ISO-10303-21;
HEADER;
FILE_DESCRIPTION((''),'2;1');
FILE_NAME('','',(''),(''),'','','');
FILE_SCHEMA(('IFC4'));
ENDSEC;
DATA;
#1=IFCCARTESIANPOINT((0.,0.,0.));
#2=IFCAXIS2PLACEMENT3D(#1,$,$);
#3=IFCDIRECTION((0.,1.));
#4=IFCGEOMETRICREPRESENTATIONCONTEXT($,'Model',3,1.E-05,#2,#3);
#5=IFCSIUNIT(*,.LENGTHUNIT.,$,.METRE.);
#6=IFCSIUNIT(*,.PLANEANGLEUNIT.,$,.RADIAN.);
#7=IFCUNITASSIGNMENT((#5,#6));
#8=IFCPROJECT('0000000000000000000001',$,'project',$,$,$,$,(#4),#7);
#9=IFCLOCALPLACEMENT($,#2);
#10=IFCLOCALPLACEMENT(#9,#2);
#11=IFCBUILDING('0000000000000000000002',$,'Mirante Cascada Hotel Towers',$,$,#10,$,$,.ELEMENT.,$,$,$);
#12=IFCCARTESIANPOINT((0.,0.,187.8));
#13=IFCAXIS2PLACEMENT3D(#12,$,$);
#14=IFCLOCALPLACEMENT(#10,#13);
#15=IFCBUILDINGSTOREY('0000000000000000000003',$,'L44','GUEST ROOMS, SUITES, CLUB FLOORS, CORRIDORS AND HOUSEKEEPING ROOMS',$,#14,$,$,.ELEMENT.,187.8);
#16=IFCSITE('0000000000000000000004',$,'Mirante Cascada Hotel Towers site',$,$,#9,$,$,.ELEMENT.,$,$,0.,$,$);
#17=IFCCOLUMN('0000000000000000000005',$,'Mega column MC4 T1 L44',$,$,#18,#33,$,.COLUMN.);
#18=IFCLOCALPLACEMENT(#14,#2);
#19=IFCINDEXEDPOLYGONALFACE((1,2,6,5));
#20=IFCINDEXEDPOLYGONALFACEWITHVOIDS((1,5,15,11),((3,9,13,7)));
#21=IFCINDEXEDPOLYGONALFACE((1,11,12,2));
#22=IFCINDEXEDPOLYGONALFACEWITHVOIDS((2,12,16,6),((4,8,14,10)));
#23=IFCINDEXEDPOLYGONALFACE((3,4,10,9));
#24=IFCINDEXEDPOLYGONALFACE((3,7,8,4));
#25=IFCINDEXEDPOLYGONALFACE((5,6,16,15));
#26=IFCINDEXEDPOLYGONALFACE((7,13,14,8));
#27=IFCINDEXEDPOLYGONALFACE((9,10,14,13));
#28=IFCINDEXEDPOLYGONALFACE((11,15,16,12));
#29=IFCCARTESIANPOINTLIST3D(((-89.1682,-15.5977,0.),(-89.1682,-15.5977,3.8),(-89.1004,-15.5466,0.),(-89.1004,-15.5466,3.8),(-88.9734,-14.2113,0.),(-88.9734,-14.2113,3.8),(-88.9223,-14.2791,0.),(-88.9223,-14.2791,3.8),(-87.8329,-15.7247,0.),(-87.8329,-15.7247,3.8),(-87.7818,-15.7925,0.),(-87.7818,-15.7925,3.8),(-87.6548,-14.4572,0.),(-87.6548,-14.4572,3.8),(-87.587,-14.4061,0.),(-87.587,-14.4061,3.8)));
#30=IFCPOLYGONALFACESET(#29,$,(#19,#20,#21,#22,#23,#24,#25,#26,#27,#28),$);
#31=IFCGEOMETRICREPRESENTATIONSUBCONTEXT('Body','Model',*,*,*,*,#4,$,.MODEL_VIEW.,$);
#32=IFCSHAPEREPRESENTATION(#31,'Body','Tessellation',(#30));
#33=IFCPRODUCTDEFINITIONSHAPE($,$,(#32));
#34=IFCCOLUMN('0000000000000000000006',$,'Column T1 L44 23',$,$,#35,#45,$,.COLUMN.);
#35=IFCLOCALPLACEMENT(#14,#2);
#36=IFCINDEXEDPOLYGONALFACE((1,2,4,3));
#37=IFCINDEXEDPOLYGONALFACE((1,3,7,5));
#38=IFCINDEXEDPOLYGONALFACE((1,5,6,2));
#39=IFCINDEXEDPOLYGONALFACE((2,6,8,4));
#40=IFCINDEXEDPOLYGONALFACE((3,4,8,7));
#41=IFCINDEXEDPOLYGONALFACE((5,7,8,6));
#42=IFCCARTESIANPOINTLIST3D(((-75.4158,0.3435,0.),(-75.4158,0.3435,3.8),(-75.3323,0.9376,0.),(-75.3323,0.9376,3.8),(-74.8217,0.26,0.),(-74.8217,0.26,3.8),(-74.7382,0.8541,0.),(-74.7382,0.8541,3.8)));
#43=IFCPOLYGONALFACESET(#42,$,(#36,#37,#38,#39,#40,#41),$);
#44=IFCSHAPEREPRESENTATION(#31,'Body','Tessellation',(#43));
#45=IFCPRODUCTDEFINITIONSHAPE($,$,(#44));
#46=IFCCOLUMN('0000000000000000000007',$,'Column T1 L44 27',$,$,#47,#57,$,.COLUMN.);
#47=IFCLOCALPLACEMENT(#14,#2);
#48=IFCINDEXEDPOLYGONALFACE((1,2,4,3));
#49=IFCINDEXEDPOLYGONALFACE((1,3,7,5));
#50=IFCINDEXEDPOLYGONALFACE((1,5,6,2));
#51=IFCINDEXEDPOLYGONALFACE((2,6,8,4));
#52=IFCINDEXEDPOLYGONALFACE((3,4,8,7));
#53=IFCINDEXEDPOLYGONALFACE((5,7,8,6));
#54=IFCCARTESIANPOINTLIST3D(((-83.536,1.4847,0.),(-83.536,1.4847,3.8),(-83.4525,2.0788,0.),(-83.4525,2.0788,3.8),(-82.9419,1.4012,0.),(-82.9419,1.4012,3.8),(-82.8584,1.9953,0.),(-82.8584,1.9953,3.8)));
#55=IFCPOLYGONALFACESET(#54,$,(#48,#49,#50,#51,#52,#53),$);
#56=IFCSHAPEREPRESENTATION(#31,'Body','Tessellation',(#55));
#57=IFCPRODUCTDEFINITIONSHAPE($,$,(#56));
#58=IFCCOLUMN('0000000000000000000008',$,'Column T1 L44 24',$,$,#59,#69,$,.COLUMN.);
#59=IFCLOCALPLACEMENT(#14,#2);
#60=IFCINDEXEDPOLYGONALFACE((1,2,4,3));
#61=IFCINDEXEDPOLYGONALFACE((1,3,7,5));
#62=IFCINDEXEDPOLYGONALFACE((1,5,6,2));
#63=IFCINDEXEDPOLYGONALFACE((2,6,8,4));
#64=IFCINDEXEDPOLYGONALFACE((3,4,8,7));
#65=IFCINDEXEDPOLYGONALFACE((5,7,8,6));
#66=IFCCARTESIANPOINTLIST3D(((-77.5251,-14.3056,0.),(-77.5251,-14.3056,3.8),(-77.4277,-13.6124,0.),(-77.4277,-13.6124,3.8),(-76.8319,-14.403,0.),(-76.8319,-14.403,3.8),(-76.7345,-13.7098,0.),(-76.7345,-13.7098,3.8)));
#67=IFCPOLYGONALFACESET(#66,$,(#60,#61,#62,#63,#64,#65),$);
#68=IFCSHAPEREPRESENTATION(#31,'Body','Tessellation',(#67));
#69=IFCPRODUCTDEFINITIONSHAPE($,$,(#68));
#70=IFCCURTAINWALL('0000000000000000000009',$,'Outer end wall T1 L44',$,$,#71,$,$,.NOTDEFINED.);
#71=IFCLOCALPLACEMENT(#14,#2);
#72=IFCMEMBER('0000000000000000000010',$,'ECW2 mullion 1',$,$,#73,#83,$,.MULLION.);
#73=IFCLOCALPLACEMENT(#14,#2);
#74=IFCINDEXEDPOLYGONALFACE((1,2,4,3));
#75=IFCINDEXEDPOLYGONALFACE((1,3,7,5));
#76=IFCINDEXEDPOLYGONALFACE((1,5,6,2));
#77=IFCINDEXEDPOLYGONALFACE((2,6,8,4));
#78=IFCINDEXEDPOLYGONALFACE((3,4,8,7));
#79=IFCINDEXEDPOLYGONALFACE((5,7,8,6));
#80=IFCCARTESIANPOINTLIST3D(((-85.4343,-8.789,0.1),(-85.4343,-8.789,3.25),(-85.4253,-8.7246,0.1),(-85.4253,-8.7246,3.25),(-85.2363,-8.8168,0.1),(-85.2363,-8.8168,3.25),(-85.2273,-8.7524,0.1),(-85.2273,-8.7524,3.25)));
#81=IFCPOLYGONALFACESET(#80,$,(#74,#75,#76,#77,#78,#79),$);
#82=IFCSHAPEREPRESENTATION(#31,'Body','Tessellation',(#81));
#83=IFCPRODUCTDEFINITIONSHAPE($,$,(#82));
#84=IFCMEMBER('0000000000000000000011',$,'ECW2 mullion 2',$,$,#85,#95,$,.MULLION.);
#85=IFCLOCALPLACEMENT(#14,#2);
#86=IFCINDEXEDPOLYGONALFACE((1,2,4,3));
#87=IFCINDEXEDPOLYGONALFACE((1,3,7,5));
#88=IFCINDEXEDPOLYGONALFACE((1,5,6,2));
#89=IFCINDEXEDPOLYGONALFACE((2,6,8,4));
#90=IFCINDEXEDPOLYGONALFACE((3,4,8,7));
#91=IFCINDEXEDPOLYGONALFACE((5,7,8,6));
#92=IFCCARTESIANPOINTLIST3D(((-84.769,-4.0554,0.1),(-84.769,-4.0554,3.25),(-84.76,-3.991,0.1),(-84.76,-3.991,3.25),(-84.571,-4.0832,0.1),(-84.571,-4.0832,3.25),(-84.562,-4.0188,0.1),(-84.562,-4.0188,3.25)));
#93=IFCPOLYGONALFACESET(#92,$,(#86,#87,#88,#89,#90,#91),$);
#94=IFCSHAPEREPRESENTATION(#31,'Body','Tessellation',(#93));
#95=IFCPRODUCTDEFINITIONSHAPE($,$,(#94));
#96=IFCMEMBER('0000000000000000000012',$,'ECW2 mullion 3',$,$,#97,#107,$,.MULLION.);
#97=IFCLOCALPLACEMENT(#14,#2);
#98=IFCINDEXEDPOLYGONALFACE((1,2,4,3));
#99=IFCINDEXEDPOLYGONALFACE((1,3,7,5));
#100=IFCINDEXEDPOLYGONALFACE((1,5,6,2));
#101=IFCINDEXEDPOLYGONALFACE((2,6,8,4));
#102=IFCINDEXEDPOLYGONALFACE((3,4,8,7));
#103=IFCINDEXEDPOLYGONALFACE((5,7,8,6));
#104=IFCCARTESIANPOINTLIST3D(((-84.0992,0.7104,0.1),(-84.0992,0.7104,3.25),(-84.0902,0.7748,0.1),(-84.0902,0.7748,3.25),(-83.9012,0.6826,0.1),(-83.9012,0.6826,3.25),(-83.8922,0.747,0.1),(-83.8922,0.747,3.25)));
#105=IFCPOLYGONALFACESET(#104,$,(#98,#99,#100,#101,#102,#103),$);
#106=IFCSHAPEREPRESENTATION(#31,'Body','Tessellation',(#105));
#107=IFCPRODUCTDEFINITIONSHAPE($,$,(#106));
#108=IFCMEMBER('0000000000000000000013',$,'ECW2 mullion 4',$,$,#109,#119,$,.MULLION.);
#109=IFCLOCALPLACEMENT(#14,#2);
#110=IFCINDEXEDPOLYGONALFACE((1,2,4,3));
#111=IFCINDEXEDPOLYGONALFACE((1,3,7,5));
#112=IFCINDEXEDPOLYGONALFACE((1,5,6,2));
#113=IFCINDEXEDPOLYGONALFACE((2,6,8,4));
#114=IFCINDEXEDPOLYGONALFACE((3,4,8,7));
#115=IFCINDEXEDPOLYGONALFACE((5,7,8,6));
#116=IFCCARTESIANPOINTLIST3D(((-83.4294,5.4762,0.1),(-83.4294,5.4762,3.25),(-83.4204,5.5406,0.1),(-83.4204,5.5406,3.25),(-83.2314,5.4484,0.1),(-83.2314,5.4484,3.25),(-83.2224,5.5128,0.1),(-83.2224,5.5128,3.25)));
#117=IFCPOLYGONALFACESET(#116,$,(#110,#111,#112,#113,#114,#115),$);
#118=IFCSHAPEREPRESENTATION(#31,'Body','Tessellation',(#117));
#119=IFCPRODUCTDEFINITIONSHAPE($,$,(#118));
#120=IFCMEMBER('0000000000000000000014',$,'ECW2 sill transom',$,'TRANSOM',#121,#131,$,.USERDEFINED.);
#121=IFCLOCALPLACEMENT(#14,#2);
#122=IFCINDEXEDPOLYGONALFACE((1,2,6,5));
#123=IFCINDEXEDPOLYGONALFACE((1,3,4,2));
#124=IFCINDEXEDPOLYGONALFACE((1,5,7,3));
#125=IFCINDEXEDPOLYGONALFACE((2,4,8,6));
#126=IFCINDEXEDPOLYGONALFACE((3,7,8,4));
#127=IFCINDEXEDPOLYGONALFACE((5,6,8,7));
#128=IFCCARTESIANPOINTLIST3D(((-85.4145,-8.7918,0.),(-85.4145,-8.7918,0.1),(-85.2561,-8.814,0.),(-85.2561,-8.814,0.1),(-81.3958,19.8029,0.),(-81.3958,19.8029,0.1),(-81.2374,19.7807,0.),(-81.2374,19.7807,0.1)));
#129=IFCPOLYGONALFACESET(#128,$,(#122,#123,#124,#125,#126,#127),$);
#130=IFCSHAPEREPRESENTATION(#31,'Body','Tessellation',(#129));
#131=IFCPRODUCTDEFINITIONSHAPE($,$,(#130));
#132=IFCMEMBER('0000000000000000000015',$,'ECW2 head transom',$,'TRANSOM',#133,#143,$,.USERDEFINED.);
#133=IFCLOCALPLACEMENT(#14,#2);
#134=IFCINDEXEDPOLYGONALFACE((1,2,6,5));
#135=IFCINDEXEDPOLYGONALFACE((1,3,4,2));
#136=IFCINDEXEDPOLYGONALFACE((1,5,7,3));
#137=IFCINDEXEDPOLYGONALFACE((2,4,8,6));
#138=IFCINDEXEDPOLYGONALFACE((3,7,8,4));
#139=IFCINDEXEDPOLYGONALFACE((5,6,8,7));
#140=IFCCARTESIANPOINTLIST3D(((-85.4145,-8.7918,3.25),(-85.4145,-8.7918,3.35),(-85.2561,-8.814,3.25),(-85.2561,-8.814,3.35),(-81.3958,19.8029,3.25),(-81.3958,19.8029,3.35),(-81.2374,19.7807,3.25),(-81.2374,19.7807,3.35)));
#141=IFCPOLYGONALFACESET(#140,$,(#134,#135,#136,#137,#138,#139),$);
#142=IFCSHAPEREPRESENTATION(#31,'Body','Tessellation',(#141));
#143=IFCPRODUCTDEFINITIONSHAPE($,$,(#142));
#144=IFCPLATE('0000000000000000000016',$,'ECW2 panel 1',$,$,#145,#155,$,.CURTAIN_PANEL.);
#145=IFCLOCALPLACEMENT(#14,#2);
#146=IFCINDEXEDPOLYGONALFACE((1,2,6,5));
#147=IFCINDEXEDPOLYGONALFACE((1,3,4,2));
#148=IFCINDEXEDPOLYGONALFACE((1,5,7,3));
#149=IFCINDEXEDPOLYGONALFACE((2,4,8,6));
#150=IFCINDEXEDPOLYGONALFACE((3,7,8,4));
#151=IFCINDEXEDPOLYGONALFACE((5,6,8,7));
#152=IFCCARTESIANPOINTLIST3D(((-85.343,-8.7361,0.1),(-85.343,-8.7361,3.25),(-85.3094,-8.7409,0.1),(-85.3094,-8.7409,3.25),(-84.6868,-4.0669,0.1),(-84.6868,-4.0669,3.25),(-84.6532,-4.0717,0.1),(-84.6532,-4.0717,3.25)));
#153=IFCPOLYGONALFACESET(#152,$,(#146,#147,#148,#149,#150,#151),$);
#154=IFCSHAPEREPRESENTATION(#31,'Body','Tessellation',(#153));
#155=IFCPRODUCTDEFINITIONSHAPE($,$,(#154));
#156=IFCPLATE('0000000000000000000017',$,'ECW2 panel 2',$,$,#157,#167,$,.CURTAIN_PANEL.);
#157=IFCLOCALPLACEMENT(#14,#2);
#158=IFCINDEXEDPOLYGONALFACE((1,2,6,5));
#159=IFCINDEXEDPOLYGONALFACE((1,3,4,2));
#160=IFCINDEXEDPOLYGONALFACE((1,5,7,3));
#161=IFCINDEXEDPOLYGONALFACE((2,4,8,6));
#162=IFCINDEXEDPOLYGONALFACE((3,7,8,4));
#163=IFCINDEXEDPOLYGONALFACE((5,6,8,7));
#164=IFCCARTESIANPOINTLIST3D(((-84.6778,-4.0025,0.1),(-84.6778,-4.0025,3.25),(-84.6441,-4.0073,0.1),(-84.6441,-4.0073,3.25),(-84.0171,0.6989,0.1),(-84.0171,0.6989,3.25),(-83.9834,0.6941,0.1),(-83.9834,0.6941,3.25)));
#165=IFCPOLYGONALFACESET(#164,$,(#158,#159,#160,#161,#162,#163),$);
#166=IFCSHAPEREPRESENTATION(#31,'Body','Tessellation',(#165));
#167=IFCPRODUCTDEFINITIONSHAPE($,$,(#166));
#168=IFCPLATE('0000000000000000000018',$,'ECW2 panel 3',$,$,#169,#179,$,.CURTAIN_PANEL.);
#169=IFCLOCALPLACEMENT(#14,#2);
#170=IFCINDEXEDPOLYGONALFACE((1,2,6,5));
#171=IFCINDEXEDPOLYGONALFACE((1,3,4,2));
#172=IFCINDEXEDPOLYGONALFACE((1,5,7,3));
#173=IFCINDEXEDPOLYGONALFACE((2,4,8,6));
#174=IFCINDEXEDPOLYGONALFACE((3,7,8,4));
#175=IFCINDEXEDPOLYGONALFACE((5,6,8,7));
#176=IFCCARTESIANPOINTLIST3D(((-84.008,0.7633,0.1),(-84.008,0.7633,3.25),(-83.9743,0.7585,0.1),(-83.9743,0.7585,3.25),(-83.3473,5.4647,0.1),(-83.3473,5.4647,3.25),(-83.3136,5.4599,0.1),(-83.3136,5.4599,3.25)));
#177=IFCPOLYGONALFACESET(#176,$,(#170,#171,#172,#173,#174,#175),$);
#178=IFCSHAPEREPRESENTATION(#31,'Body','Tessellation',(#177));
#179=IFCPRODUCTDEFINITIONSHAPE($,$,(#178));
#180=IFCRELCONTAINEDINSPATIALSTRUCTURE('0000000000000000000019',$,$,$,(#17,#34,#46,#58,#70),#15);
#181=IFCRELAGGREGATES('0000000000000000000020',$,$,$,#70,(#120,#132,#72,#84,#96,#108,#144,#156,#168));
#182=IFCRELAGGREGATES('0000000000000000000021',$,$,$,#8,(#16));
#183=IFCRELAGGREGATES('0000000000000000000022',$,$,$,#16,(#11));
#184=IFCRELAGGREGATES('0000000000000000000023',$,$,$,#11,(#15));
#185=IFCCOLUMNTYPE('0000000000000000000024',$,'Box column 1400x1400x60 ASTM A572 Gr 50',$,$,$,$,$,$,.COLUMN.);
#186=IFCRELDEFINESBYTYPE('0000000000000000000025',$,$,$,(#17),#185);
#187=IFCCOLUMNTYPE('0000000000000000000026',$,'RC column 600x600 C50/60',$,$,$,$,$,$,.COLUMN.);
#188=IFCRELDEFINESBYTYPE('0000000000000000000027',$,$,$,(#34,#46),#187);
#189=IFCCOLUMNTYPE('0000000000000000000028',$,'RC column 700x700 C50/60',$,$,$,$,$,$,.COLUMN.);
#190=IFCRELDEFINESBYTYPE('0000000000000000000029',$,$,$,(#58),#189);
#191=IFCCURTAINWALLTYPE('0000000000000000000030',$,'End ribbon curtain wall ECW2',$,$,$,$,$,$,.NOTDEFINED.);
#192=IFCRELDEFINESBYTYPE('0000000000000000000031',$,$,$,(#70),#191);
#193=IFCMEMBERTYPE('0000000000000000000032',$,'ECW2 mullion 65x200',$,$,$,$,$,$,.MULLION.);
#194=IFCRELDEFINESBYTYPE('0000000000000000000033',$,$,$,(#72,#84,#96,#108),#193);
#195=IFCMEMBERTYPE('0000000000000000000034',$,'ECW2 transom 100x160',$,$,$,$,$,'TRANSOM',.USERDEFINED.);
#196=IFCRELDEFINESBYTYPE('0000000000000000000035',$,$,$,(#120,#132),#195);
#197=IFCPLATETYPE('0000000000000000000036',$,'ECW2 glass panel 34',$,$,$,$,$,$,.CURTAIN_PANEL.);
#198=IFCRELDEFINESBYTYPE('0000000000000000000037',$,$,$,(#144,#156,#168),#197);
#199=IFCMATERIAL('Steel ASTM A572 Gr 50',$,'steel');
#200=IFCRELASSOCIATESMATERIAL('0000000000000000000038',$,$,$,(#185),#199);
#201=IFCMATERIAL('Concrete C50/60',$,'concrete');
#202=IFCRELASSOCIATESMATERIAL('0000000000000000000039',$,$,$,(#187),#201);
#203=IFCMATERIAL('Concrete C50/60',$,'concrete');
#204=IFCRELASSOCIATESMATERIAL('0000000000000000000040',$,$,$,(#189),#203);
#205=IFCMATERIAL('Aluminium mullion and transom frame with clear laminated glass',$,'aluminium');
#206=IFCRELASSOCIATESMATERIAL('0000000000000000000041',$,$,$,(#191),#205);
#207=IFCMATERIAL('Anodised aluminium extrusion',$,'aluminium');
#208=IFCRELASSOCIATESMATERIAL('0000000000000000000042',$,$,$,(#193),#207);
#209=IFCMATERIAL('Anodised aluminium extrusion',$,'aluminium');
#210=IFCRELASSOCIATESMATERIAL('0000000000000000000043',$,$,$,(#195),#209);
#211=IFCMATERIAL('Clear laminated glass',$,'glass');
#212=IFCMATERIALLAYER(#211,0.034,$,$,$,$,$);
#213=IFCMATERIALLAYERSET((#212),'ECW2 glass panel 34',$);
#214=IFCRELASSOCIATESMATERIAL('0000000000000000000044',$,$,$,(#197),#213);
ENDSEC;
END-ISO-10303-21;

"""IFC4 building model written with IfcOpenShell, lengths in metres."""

from ifc_helpers import new_model, si_unit, direction, frame, origin, origin_2d, place, context, subcontext, project, spatial, rectangle, hollow_rectangle, extrude, material, layer, layer_set, material_profile, profile_set, type_object, element, aggregate, save


model = new_model("IFC4")

# Units and contexts
model_context = context("Model", 3, precision=1e-05, world=origin(), true_north=direction((0.0, 1.0)))
body_context = subcontext(model_context, "Body", "Model", "MODEL_VIEW")
ifc_project = project(units=[si_unit("LENGTHUNIT", "METRE"), si_unit("PLANEANGLEUNIT", "RADIAN")], contexts=[model_context])

# Site, building, storey
site_placement = place(None, origin())
site = spatial("IfcSite", under=ifc_project, at=site_placement, Name="Mirante Cascada Hotel Towers site", CompositionType="ELEMENT", RefElevation=0.0)
building_placement = place(site_placement, origin())
building = spatial("IfcBuilding", under=site, at=building_placement, Name="Mirante Cascada Hotel Towers", CompositionType="ELEMENT")
storey_placement = place(building_placement, frame((0.0, 0.0, 187.8)))
storey = spatial("IfcBuildingStorey", under=building, at=storey_placement, Name="L44", Description="GUEST ROOMS, SUITES, CLUB FLOORS, CORRIDORS AND HOUSEKEEPING ROOMS", CompositionType="ELEMENT", Elevation=187.8)

# Columns
ifc_material_1 = material(Name="Steel ASTM A572 Gr 50", Category="steel")
ifc_material_profile_1 = material_profile(ifc_material_1, hollow_rectangle(XDim=1.4, YDim=1.4, WallThickness=0.06, at=origin_2d()), Name="Box column 1400x1400x60 ASTM A572 Gr 50")
ifc_profile_set_1 = profile_set([ifc_material_profile_1], Name="Steel ASTM A572 Gr 50")
column_type_1 = type_object("IfcColumnType", Name="Box column 1400x1400x60 ASTM A572 Gr 50", PredefinedType="COLUMN", material=ifc_profile_set_1)
column_1_placement = place(storey_placement, frame((-88.3776, -15.0019, 0.0), z_axis=(0.0, 0.0, 1.0), x_axis=(-0.990268, 0.139173, 0.0)))
element("IfcColumn", 1, at=column_1_placement, inside=storey, type_object=column_type_1, Name="Mega column MC4 T1 L44", PredefinedType="COLUMN", context=body_context, shape_type="SweptSolid", body=[
    extrude(hollow_rectangle(XDim=1.4, YDim=1.4, WallThickness=0.06, at=origin_2d()), origin(), (0.0, 0.0, 1.0), 3.8),
])
ifc_material_2 = material(Name="Concrete C50/60", Category="concrete")
ifc_material_profile_2 = material_profile(ifc_material_2, rectangle(XDim=0.6, YDim=0.6, at=origin_2d()), Name="RC column 600x600 C50/60")
ifc_profile_set_2 = profile_set([ifc_material_profile_2], Name="Concrete C50/60")
column_type_2 = type_object("IfcColumnType", Name="RC column 600x600 C50/60", PredefinedType="COLUMN", material=ifc_profile_set_2)
for number, where, z_axis, x_axis, name in (
    (2, (-75.077, 0.5988, 0.0), (0.0, 0.0, 1.0), (-0.990268, 0.139173, 0.0), "Column T1 L44 23"),
    (3, (-83.1972, 1.74, 0.0), (0.0, 0.0, 1.0), (-0.990268, 0.139173, 0.0), "Column T1 L44 27"),
):
    element("IfcColumn", number, at=place(storey_placement, frame(where, z_axis=z_axis, x_axis=x_axis)), inside=storey, type_object=column_type_2, Name=name, PredefinedType="COLUMN", context=body_context, shape_type="SweptSolid", body=[
        extrude(rectangle(XDim=0.6, YDim=0.6, at=origin_2d()), origin(), (0.0, 0.0, 1.0), 3.8),
    ])
ifc_material_3 = material(Name="Concrete C50/60", Category="concrete")
ifc_material_profile_3 = material_profile(ifc_material_3, rectangle(XDim=0.7, YDim=0.7, at=origin_2d()), Name="RC column 700x700 C50/60")
ifc_profile_set_3 = profile_set([ifc_material_profile_3], Name="Concrete C50/60")
column_type_3 = type_object("IfcColumnType", Name="RC column 700x700 C50/60", PredefinedType="COLUMN", material=ifc_profile_set_3)
column_2_placement = place(storey_placement, frame((-77.1298, -14.0077, 0.0), z_axis=(0.0, 0.0, 1.0), x_axis=(-0.990268, 0.139173, 0.0)))
element("IfcColumn", 4, at=column_2_placement, inside=storey, type_object=column_type_3, Name="Column T1 L44 24", PredefinedType="COLUMN", context=body_context, shape_type="SweptSolid", body=[
    extrude(rectangle(XDim=0.7, YDim=0.7, at=origin_2d()), origin(), (0.0, 0.0, 1.0), 3.8),
])

# Curtain wall, members, plates
ifc_material_4 = material(Name="Aluminium mullion and transom frame with clear laminated glass", Category="aluminium")
curtain_wall_type = type_object("IfcCurtainWallType", Name="End ribbon curtain wall ECW2", PredefinedType="NOTDEFINED", material=ifc_material_4)
curtain_wall_placement = place(storey_placement, origin())
curtain_wall = element("IfcCurtainWall", 5, at=curtain_wall_placement, inside=storey, type_object=curtain_wall_type, Name="Outer end wall T1 L44", PredefinedType="NOTDEFINED")
ifc_material_5 = material(Name="Anodised aluminium extrusion", Category="aluminium")
ifc_material_profile_4 = material_profile(ifc_material_5, rectangle(XDim=0.2, YDim=0.065, at=origin_2d()), Name="ECW2 MULLION 65x200")
ifc_profile_set_4 = profile_set([ifc_material_profile_4], Name="Anodised aluminium extrusion")
member_type_1 = type_object("IfcMemberType", Name="ECW2 mullion 65x200", PredefinedType="MULLION", material=ifc_profile_set_4)
member_1_placement = place(storey_placement, frame((-85.3308, -8.7707, 0.1), z_axis=(0.0, 0.0, 1.0), x_axis=(-0.990268, 0.139173, 0.0)))
member_1 = element("IfcMember", 6, at=member_1_placement, type_object=member_type_1, Name="ECW2 mullion 1", PredefinedType="MULLION", context=body_context, shape_type="SweptSolid", body=[
    extrude(rectangle(XDim=0.2, YDim=0.065, at=origin_2d()), origin(), (0.0, 0.0, 1.0), 3.15),
])
member_2_placement = place(storey_placement, frame((-84.6655, -4.0371, 0.1), z_axis=(0.0, 0.0, 1.0), x_axis=(-0.990268, 0.139173, 0.0)))
member_2 = element("IfcMember", 7, at=member_2_placement, type_object=member_type_1, Name="ECW2 mullion 2", PredefinedType="MULLION", context=body_context, shape_type="SweptSolid", body=[
    extrude(rectangle(XDim=0.2, YDim=0.065, at=origin_2d()), origin(), (0.0, 0.0, 1.0), 3.15),
])
member_3_placement = place(storey_placement, frame((-83.9957, 0.7287, 0.1), z_axis=(0.0, 0.0, 1.0), x_axis=(-0.990268, 0.139173, 0.0)))
member_3 = element("IfcMember", 8, at=member_3_placement, type_object=member_type_1, Name="ECW2 mullion 3", PredefinedType="MULLION", context=body_context, shape_type="SweptSolid", body=[
    extrude(rectangle(XDim=0.2, YDim=0.065, at=origin_2d()), origin(), (0.0, 0.0, 1.0), 3.15),
])
member_4_placement = place(storey_placement, frame((-83.3259, 5.4945, 0.1), z_axis=(0.0, 0.0, 1.0), x_axis=(-0.990268, 0.139173, 0.0)))
member_4 = element("IfcMember", 9, at=member_4_placement, type_object=member_type_1, Name="ECW2 mullion 4", PredefinedType="MULLION", context=body_context, shape_type="SweptSolid", body=[
    extrude(rectangle(XDim=0.2, YDim=0.065, at=origin_2d()), origin(), (0.0, 0.0, 1.0), 3.15),
])
ifc_material_6 = material(Name="Anodised aluminium extrusion", Category="aluminium")
ifc_material_profile_5 = material_profile(ifc_material_6, rectangle(XDim=0.16, YDim=0.1, at=origin_2d()), Name="ECW2 TRANSOM 100x160")
ifc_profile_set_5 = profile_set([ifc_material_profile_5], Name="Anodised aluminium extrusion")
member_type_2 = type_object("IfcMemberType", Name="ECW2 transom 100x160", ElementType="TRANSOM", PredefinedType="USERDEFINED", material=ifc_profile_set_5)
member_5_placement = place(storey_placement, frame((-85.3353, -8.8029, 0.05), z_axis=(0.139172, 0.990268, 0.0), x_axis=(-0.990268, 0.139172, 0.0)))
member_5 = element("IfcMember", 10, at=member_5_placement, type_object=member_type_2, Name="ECW2 sill transom", ObjectType="TRANSOM", PredefinedType="USERDEFINED", context=body_context, shape_type="SweptSolid", body=[
    extrude(rectangle(XDim=0.16, YDim=0.1, at=origin_2d()), origin(), (0.0, 0.0, 1.0), 28.8757),
])
member_6_placement = place(storey_placement, frame((-85.3353, -8.8029, 3.3), z_axis=(0.139172, 0.990268, 0.0), x_axis=(-0.990268, 0.139172, 0.0)))
member_6 = element("IfcMember", 11, at=member_6_placement, type_object=member_type_2, Name="ECW2 head transom", ObjectType="TRANSOM", PredefinedType="USERDEFINED", context=body_context, shape_type="SweptSolid", body=[
    extrude(rectangle(XDim=0.16, YDim=0.1, at=origin_2d()), origin(), (0.0, 0.0, 1.0), 28.8757),
])
ifc_material_7 = material(Name="Clear laminated glass", Category="glass")
ifc_layer_1 = layer(ifc_material_7, 0.034)
ifc_layer_set_1 = layer_set([ifc_layer_1], Name="ECW2 glass panel 34")
plate_type = type_object("IfcPlateType", Name="ECW2 glass panel 34", PredefinedType="CURTAIN_PANEL", material=ifc_layer_set_1)
plate_1_placement = place(storey_placement, frame((-84.9981, -6.4039, 0.1), z_axis=(0.0, 0.0, 1.0), x_axis=(0.139173, 0.990268, 0.0)))
plate_1 = element("IfcPlate", 12, at=plate_1_placement, type_object=plate_type, Name="ECW2 panel 1", PredefinedType="CURTAIN_PANEL", context=body_context, shape_type="SweptSolid", body=[
    extrude(rectangle(XDim=4.7151, YDim=0.034, at=origin_2d()), origin(), (0.0, 0.0, 1.0), 3.15),
])
plate_2_placement = place(storey_placement, frame((-84.3306, -1.6542, 0.1), z_axis=(0.0, 0.0, 1.0), x_axis=(0.139173, 0.990268, 0.0)))
plate_2 = element("IfcPlate", 13, at=plate_2_placement, type_object=plate_type, Name="ECW2 panel 2", PredefinedType="CURTAIN_PANEL", context=body_context, shape_type="SweptSolid", body=[
    extrude(rectangle(XDim=4.7476, YDim=0.034, at=origin_2d()), origin(), (0.0, 0.0, 1.0), 3.15),
])
plate_3_placement = place(storey_placement, frame((-83.6608, 3.1116, 0.1), z_axis=(0.0, 0.0, 1.0), x_axis=(0.139173, 0.990268, 0.0)))
plate_3 = element("IfcPlate", 14, at=plate_3_placement, type_object=plate_type, Name="ECW2 panel 3", PredefinedType="CURTAIN_PANEL", context=body_context, shape_type="SweptSolid", body=[
    extrude(rectangle(XDim=4.7476, YDim=0.034, at=origin_2d()), origin(), (0.0, 0.0, 1.0), 3.15),
])
aggregate(curtain_wall, [member_5, member_6, member_1, member_2, member_3, member_4, plate_1, plate_2, plate_3])

save(model, "model.ifc")
